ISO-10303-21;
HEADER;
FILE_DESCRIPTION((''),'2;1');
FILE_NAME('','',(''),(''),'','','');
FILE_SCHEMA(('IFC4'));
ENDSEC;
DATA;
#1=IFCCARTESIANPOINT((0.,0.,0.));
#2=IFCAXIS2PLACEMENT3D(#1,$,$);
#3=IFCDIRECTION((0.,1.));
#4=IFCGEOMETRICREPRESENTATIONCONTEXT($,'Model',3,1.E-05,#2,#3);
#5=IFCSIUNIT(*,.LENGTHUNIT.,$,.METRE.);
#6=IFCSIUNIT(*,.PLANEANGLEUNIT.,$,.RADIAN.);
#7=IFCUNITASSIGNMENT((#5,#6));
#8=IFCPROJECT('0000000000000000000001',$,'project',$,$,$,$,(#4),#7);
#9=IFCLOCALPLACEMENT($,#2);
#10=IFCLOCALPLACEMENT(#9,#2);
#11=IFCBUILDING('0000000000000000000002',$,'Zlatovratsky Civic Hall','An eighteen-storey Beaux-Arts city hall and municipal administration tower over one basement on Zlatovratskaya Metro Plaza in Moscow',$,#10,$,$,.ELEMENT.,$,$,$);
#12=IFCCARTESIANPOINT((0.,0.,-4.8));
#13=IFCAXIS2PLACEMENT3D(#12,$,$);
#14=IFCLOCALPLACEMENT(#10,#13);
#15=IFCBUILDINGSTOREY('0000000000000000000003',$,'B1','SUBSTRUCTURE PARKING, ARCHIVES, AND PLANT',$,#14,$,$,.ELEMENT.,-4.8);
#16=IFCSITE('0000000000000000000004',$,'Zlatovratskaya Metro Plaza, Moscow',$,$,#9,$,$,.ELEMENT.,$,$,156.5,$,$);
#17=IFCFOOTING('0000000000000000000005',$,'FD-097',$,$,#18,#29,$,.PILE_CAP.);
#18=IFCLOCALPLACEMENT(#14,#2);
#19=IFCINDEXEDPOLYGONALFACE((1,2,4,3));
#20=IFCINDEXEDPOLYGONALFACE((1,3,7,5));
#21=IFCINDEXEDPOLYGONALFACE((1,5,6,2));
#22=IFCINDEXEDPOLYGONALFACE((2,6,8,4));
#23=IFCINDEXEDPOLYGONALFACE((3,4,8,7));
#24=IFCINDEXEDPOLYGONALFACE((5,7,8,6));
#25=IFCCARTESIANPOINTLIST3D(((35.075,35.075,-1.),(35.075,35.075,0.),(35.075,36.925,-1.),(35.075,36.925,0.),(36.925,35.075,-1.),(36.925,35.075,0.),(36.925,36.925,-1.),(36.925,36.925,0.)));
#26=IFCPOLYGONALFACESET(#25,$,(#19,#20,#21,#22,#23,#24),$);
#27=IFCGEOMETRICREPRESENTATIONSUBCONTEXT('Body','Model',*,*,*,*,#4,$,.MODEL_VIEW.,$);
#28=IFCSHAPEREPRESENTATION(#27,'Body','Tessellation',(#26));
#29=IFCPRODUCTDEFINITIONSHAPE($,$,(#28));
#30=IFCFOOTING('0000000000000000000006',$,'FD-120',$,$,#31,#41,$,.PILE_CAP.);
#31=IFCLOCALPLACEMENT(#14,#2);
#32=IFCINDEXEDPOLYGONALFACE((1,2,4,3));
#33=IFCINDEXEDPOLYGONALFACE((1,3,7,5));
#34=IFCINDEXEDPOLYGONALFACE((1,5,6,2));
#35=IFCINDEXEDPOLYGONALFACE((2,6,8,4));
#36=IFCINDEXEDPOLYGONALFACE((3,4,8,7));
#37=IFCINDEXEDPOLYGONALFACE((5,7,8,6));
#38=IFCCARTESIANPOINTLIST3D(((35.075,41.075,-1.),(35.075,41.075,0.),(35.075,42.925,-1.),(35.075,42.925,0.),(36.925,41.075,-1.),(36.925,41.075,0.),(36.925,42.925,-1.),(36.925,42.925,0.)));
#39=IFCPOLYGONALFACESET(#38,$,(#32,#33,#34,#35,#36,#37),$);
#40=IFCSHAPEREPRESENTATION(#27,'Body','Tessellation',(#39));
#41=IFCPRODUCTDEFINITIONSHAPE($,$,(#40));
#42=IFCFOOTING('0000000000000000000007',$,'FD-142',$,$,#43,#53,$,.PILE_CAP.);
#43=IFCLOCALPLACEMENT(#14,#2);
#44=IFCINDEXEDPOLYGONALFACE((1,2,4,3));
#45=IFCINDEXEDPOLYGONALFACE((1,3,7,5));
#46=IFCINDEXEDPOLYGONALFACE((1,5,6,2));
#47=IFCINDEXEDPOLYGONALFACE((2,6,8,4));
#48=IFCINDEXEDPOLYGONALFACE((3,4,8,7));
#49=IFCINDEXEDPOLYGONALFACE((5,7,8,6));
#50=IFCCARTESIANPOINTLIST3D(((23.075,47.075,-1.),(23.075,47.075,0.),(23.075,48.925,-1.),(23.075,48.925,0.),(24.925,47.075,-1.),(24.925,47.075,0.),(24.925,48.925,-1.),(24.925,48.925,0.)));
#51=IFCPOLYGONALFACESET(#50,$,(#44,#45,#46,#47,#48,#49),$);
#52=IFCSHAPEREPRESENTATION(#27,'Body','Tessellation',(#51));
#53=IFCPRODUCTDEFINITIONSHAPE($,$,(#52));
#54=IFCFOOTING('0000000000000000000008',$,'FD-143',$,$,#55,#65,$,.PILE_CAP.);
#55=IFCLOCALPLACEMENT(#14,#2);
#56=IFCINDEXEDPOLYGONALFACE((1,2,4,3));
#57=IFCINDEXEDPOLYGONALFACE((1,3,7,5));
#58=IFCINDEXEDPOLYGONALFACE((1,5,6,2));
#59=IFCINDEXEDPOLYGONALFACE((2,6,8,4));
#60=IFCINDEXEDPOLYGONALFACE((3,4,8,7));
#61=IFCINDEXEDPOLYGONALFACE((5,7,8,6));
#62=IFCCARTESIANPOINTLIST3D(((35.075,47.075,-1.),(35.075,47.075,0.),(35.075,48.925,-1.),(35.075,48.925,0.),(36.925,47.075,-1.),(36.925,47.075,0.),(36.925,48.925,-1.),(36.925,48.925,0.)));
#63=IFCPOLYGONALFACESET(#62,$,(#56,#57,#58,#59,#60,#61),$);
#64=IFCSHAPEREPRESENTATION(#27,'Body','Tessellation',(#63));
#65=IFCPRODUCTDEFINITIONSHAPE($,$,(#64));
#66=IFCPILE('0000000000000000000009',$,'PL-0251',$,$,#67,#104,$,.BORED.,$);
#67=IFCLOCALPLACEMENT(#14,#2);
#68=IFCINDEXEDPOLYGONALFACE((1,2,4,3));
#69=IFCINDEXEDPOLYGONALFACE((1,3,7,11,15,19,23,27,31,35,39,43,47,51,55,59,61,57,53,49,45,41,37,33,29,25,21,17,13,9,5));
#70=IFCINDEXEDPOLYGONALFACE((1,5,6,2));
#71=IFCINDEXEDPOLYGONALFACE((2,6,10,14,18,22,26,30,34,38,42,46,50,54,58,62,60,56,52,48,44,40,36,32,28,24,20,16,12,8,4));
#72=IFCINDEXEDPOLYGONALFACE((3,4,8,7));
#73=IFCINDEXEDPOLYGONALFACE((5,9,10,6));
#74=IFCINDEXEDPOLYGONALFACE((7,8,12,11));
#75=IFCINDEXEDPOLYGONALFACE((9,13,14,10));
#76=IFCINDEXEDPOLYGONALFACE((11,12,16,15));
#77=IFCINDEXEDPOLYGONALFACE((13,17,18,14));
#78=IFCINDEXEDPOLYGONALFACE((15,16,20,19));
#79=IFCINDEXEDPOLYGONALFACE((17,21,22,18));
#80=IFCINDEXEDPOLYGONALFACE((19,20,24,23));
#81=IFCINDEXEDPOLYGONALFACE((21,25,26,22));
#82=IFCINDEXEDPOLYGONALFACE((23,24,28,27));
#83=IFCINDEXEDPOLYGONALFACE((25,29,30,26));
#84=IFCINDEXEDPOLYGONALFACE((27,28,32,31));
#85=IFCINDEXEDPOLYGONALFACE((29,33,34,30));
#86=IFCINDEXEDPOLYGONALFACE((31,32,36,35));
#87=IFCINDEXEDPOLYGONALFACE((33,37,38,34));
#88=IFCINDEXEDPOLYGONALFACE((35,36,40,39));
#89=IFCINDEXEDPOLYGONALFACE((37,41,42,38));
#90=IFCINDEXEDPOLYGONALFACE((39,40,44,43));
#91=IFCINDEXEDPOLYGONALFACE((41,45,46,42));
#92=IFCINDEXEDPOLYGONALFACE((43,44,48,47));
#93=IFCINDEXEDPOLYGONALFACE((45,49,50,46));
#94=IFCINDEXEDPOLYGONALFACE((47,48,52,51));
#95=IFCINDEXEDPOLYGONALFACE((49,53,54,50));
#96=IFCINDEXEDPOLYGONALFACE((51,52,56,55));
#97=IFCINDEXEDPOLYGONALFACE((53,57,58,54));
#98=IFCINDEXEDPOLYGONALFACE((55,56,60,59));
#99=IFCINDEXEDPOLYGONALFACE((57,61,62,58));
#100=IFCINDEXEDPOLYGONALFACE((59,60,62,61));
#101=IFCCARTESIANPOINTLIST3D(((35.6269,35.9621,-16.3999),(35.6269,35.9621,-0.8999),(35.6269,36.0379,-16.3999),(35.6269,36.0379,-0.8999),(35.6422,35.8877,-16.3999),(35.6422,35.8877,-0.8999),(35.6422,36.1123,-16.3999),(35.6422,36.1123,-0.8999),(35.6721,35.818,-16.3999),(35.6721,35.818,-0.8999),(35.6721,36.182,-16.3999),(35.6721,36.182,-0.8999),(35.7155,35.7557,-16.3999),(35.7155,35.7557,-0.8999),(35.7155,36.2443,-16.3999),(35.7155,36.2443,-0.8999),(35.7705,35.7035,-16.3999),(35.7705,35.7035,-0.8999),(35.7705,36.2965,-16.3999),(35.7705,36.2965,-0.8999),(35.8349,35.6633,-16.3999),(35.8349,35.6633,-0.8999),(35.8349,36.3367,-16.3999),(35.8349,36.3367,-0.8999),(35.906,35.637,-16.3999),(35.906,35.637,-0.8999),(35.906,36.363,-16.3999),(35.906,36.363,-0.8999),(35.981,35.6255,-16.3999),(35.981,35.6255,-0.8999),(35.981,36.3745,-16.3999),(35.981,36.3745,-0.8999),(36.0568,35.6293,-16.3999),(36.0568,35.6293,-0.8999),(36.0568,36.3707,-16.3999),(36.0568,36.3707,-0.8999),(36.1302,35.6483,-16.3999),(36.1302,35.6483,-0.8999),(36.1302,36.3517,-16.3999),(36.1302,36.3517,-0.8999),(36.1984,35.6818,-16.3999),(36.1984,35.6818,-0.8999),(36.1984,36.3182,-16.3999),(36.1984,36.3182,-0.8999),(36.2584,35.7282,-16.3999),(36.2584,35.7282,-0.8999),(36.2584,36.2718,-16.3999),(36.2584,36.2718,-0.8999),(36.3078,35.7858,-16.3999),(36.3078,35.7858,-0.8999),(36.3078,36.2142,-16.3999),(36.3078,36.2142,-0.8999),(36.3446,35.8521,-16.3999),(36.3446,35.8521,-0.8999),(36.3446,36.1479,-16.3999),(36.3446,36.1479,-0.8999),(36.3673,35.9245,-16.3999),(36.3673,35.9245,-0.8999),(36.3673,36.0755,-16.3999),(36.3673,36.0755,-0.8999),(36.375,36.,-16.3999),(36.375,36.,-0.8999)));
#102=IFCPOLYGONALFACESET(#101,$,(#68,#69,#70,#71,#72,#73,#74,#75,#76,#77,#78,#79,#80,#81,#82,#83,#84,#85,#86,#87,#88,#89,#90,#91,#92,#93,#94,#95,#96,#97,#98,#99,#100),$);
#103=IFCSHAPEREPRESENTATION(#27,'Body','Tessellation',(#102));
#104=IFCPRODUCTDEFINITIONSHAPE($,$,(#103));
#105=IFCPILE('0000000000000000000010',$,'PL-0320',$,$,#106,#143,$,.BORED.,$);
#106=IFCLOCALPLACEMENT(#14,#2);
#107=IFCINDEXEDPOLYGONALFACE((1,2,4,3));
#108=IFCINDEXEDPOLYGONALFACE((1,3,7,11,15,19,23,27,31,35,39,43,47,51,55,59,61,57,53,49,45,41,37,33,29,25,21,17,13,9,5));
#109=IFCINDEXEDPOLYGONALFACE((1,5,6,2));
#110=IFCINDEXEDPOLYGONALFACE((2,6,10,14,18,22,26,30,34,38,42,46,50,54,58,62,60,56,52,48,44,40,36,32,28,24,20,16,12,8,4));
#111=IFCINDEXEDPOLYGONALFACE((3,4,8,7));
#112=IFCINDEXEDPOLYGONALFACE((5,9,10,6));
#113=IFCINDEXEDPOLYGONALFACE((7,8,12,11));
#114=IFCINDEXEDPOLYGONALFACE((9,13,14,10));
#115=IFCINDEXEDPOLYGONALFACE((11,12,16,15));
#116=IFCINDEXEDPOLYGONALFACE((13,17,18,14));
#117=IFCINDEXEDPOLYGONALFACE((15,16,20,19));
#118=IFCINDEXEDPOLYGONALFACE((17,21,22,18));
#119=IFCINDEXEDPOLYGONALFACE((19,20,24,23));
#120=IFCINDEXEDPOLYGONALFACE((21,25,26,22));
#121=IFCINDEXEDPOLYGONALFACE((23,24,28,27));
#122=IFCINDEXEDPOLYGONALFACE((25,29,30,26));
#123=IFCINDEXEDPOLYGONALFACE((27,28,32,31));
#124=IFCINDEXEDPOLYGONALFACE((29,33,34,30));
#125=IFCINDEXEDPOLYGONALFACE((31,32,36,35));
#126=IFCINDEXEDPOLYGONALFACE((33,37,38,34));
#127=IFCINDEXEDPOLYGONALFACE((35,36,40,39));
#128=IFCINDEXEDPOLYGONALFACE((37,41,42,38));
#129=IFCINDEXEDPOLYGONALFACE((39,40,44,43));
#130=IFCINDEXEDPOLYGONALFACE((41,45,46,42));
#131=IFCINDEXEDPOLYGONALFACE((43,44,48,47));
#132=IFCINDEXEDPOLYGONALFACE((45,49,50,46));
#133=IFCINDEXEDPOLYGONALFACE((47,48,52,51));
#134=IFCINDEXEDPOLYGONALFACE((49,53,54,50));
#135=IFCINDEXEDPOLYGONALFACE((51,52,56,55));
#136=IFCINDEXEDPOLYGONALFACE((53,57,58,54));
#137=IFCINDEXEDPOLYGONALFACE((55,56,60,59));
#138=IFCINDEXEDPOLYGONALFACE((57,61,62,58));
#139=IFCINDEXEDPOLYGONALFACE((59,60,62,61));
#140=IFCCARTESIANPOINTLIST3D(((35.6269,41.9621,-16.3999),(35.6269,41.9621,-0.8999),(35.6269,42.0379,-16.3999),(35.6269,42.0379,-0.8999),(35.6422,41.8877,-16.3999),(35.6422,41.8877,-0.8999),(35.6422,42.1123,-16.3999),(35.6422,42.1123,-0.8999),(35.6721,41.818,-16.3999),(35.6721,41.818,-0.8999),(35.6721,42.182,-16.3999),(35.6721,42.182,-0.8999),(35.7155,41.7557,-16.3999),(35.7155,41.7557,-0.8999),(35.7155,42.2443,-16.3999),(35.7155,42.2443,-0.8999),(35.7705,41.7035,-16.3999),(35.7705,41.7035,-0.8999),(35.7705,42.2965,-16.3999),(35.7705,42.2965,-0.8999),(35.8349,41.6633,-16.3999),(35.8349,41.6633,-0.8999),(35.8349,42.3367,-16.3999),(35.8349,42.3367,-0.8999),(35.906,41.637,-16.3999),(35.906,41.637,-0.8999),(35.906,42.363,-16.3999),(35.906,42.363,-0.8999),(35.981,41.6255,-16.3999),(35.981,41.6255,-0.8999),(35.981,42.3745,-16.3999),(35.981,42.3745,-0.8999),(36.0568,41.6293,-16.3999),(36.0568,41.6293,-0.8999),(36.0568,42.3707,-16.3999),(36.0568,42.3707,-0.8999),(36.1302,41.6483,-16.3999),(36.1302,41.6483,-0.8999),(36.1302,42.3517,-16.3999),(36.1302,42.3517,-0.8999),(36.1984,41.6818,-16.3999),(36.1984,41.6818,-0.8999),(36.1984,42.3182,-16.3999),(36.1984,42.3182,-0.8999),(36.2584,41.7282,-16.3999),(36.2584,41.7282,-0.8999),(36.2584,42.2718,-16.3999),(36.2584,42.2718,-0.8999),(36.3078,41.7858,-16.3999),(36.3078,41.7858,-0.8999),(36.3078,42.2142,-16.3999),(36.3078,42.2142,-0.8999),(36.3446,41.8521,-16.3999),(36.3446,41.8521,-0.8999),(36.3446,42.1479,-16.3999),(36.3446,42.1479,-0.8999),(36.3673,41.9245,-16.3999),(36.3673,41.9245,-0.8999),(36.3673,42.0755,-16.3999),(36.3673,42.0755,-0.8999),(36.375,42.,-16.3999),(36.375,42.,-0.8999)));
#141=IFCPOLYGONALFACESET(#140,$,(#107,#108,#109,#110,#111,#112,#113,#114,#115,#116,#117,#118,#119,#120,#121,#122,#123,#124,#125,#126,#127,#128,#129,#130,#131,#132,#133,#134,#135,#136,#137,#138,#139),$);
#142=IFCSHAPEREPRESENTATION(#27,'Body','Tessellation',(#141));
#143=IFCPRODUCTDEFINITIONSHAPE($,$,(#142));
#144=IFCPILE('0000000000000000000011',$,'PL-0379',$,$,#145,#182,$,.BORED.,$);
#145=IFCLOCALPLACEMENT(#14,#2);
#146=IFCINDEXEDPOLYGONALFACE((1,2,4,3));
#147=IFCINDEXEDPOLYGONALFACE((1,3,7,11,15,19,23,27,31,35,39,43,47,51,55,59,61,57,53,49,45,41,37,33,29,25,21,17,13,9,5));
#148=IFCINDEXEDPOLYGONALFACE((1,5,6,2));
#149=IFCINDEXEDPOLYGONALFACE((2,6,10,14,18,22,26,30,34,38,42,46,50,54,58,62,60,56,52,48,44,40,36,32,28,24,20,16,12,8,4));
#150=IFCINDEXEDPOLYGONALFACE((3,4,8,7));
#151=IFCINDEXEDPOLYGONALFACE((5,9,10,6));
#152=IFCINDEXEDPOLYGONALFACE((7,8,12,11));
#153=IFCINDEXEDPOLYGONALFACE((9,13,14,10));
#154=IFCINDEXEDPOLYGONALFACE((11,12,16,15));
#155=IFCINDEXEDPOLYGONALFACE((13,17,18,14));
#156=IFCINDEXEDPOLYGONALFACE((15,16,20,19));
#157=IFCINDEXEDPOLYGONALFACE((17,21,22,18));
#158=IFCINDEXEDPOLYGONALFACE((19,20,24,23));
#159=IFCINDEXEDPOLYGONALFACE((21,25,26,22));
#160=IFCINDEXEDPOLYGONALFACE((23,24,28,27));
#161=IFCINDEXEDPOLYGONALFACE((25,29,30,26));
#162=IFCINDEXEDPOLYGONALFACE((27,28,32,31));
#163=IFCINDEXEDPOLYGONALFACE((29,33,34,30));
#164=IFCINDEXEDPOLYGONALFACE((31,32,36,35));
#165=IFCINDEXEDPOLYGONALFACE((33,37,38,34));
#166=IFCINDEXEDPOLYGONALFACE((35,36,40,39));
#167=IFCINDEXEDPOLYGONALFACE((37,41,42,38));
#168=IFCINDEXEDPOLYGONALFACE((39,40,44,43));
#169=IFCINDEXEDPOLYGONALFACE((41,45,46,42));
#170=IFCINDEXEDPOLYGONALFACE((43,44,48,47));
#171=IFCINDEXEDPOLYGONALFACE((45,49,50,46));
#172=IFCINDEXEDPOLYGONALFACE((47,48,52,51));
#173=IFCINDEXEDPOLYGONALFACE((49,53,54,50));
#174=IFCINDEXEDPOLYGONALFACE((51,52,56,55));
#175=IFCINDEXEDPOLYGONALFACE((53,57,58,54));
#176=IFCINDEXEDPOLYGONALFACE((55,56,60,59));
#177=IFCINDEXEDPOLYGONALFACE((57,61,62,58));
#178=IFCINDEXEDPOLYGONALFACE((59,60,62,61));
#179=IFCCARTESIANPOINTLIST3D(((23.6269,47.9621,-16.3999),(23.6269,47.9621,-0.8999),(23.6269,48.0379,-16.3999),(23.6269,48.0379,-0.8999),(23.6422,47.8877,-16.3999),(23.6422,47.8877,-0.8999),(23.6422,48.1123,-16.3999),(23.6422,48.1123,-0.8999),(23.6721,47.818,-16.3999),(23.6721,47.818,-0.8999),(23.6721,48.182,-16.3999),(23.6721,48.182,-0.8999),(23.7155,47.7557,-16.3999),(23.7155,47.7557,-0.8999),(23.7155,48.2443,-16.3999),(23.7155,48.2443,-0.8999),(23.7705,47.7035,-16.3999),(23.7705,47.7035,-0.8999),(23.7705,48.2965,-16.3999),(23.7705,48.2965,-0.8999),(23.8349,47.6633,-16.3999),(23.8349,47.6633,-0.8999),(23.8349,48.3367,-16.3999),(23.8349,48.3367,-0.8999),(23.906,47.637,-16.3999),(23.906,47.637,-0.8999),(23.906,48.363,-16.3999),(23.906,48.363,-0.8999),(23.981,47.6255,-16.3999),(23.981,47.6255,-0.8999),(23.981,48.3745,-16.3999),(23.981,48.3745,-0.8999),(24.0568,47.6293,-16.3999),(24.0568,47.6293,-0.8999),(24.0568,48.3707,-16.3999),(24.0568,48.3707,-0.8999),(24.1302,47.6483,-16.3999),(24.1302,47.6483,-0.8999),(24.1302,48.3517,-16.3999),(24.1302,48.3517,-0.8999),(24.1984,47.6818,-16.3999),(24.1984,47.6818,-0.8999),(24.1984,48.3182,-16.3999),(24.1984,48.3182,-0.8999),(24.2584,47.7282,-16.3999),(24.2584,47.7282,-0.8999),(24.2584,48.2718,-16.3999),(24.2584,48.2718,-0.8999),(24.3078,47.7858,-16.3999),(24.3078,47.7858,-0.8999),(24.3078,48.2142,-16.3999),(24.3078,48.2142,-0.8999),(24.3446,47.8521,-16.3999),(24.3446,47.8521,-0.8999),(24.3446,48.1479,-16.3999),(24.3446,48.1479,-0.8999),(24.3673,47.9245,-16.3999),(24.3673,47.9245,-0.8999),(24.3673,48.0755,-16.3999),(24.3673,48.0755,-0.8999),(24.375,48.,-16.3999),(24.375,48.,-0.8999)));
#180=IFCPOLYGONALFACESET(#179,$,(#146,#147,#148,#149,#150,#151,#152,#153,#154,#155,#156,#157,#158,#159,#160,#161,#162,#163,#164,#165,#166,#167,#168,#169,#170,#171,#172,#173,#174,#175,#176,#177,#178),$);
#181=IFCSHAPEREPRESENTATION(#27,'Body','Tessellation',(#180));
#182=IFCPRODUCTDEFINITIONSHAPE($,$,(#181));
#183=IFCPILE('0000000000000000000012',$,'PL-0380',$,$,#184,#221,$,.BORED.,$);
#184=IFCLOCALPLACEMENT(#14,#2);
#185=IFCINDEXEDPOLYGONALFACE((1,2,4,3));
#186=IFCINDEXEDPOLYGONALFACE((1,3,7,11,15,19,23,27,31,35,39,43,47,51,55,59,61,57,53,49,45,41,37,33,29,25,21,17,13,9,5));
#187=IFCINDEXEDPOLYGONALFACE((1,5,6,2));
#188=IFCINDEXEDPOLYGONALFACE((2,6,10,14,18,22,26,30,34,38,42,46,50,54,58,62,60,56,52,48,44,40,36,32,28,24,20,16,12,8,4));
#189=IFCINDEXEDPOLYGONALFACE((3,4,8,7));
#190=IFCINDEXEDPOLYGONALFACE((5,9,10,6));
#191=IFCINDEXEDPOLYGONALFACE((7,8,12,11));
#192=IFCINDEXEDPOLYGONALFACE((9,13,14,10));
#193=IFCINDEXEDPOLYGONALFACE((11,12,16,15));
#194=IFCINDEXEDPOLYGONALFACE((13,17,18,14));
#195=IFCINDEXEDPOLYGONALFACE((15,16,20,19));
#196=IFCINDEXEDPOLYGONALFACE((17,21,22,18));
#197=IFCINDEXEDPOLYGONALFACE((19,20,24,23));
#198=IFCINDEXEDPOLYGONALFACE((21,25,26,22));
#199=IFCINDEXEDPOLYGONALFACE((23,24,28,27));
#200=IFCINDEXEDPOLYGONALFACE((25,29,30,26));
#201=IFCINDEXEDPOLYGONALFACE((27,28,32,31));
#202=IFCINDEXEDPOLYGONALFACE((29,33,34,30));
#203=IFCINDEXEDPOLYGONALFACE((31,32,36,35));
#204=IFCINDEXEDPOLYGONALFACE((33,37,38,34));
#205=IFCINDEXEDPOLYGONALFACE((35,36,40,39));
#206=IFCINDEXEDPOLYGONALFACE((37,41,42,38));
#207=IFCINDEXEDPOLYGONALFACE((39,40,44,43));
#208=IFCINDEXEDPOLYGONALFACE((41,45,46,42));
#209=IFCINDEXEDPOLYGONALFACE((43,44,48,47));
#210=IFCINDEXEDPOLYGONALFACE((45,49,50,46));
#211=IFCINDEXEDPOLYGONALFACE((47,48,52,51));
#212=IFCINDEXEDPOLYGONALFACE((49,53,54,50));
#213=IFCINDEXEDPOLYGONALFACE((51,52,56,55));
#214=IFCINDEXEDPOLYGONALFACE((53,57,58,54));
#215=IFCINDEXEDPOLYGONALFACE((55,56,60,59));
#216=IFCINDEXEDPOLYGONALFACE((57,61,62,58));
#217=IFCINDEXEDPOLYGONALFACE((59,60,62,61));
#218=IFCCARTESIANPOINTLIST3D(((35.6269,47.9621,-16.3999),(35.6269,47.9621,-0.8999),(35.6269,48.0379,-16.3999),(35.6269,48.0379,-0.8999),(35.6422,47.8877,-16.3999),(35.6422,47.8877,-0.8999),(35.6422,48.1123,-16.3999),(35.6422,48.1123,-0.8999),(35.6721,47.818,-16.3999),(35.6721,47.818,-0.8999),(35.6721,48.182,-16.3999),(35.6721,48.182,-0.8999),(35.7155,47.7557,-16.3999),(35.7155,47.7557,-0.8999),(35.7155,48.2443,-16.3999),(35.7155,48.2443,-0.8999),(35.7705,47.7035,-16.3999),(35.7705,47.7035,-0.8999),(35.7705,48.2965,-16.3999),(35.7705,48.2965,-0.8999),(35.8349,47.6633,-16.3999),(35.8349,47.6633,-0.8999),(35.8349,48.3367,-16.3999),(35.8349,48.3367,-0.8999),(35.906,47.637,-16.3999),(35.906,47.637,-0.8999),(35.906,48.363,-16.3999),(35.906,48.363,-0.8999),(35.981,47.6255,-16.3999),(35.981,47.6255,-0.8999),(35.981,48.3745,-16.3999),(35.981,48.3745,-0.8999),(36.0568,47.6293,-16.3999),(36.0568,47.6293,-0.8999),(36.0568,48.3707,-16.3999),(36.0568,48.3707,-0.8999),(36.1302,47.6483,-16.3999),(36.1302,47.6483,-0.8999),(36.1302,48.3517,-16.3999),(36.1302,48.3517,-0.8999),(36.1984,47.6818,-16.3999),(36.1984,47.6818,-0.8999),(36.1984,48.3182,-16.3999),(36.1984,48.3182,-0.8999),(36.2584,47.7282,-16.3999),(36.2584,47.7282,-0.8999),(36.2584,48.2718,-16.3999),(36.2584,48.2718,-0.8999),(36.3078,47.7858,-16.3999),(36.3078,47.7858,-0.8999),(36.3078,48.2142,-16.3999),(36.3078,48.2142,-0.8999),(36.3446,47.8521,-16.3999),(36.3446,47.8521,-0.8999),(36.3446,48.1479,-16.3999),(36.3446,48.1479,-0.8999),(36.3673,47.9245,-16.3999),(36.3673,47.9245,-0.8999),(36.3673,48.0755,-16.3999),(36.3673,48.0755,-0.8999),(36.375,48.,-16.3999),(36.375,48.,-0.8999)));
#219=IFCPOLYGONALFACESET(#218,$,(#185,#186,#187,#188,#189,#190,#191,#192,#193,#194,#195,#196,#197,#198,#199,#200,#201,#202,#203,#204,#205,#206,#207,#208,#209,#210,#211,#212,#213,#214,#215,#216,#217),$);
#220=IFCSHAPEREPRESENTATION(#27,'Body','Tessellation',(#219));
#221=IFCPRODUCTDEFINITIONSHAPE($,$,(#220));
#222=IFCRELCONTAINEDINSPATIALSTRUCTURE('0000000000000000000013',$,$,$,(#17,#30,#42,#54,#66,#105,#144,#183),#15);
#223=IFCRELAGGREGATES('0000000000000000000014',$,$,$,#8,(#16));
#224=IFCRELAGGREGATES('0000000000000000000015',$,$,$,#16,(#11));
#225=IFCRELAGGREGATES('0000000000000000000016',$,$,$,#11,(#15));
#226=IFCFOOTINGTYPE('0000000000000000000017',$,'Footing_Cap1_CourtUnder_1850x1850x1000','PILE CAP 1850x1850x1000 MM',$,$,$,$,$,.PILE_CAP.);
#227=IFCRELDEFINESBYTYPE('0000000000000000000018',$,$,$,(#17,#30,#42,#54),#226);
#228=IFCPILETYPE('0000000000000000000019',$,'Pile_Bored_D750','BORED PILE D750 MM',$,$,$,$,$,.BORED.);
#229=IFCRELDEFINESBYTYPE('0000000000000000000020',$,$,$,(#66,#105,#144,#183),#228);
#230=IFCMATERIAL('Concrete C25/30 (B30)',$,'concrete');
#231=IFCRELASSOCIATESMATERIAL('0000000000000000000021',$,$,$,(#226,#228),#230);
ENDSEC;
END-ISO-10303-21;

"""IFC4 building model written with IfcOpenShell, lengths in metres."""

from ifc_helpers import new_model, si_unit, direction, frame, origin, origin_2d, place, context, subcontext, project, spatial, rectangle, circle, extrude, material, material_profile, profile_set, type_object, element, save


model = new_model("IFC4")

# Units and contexts
model_context = context("Model", 3, precision=1e-05, world=origin(), true_north=direction((0.0, 1.0)))
body_context = subcontext(model_context, "Body", "Model", "MODEL_VIEW")
ifc_project = project(units=[si_unit("LENGTHUNIT", "METRE"), si_unit("PLANEANGLEUNIT", "RADIAN")], contexts=[model_context])

# Site, building, storey
site_placement = place(None, origin())
site = spatial("IfcSite", under=ifc_project, at=site_placement, Name="Zlatovratskaya Metro Plaza, Moscow", CompositionType="ELEMENT", RefElevation=156.5)
building_placement = place(site_placement, origin())
building = spatial("IfcBuilding", under=site, at=building_placement, Name="Zlatovratsky Civic Hall", Description="An eighteen-storey Beaux-Arts city hall and municipal administration tower over one basement on Zlatovratskaya Metro Plaza in Moscow", CompositionType="ELEMENT")
storey_placement = place(building_placement, frame((0.0, 0.0, -4.8)))
storey = spatial("IfcBuildingStorey", under=building, at=storey_placement, Name="B1", Description="SUBSTRUCTURE PARKING, ARCHIVES, AND PLANT", CompositionType="ELEMENT", Elevation=-4.8)

# Footings
ifc_material_1 = material(Name="Concrete C25/30 (B30)", Category="concrete")
footing_type = type_object("IfcFootingType", Name="Footing_Cap1_CourtUnder_1850x1850x1000", Description="PILE CAP 1850x1850x1000 MM", PredefinedType="PILE_CAP", material=ifc_material_1)
for number, where, z_axis, x_axis, name in (
    (1, (36.0, 36.0, -1.0), (0.0, 0.0, 1.0), (1.0, 0.0, 0.0), "FD-097"),
    (2, (36.0, 42.0, -1.0), (0.0, 0.0, 1.0), (1.0, 0.0, 0.0), "FD-120"),
    (3, (24.0, 48.0, -1.0), (0.0, 0.0, 1.0), (1.0, 0.0, 0.0), "FD-142"),
    (4, (36.0, 48.0, -1.0), (0.0, 0.0, 1.0), (1.0, 0.0, 0.0), "FD-143"),
):
    element("IfcFooting", number, at=place(storey_placement, frame(where, z_axis=z_axis, x_axis=x_axis)), inside=storey, type_object=footing_type, Name=name, PredefinedType="PILE_CAP", context=body_context, shape_type="SweptSolid", body=[
        extrude(rectangle(XDim=1.8501, YDim=1.8501, at=origin_2d()), origin(), (0.0, 0.0, 1.0), 1.0),
    ])

# Piles
ifc_material_profile_1 = material_profile(ifc_material_1, circle(Radius=0.375, at=origin_2d()), Name="PILE D750")
ifc_profile_set_1 = profile_set([ifc_material_profile_1], Name="Concrete C25/30 (B30)")
pile_type = type_object("IfcPileType", Name="Pile_Bored_D750", Description="BORED PILE D750 MM", PredefinedType="BORED", material=ifc_profile_set_1)
for number, where, z_axis, x_axis, name in (
    (5, (36.0, 36.0, -0.8999), (0.0, 0.0, -1.0), (1.0, 0.0, 0.0), "PL-0251"),
    (6, (36.0, 42.0, -0.8999), (0.0, 0.0, -1.0), (1.0, 0.0, 0.0), "PL-0320"),
    (7, (24.0, 48.0, -0.8999), (0.0, 0.0, -1.0), (1.0, 0.0, 0.0), "PL-0379"),
    (8, (36.0, 48.0, -0.8999), (0.0, 0.0, -1.0), (1.0, 0.0, 0.0), "PL-0380"),
):
    element("IfcPile", number, at=place(storey_placement, frame(where, z_axis=z_axis, x_axis=x_axis)), inside=storey, type_object=pile_type, Name=name, PredefinedType="BORED", context=body_context, shape_type="SweptSolid", body=[
        extrude(circle(Radius=0.375, at=origin_2d()), origin(), (0.0, 0.0, 1.0), 15.5),
    ])

save(model, "model.ifc")
